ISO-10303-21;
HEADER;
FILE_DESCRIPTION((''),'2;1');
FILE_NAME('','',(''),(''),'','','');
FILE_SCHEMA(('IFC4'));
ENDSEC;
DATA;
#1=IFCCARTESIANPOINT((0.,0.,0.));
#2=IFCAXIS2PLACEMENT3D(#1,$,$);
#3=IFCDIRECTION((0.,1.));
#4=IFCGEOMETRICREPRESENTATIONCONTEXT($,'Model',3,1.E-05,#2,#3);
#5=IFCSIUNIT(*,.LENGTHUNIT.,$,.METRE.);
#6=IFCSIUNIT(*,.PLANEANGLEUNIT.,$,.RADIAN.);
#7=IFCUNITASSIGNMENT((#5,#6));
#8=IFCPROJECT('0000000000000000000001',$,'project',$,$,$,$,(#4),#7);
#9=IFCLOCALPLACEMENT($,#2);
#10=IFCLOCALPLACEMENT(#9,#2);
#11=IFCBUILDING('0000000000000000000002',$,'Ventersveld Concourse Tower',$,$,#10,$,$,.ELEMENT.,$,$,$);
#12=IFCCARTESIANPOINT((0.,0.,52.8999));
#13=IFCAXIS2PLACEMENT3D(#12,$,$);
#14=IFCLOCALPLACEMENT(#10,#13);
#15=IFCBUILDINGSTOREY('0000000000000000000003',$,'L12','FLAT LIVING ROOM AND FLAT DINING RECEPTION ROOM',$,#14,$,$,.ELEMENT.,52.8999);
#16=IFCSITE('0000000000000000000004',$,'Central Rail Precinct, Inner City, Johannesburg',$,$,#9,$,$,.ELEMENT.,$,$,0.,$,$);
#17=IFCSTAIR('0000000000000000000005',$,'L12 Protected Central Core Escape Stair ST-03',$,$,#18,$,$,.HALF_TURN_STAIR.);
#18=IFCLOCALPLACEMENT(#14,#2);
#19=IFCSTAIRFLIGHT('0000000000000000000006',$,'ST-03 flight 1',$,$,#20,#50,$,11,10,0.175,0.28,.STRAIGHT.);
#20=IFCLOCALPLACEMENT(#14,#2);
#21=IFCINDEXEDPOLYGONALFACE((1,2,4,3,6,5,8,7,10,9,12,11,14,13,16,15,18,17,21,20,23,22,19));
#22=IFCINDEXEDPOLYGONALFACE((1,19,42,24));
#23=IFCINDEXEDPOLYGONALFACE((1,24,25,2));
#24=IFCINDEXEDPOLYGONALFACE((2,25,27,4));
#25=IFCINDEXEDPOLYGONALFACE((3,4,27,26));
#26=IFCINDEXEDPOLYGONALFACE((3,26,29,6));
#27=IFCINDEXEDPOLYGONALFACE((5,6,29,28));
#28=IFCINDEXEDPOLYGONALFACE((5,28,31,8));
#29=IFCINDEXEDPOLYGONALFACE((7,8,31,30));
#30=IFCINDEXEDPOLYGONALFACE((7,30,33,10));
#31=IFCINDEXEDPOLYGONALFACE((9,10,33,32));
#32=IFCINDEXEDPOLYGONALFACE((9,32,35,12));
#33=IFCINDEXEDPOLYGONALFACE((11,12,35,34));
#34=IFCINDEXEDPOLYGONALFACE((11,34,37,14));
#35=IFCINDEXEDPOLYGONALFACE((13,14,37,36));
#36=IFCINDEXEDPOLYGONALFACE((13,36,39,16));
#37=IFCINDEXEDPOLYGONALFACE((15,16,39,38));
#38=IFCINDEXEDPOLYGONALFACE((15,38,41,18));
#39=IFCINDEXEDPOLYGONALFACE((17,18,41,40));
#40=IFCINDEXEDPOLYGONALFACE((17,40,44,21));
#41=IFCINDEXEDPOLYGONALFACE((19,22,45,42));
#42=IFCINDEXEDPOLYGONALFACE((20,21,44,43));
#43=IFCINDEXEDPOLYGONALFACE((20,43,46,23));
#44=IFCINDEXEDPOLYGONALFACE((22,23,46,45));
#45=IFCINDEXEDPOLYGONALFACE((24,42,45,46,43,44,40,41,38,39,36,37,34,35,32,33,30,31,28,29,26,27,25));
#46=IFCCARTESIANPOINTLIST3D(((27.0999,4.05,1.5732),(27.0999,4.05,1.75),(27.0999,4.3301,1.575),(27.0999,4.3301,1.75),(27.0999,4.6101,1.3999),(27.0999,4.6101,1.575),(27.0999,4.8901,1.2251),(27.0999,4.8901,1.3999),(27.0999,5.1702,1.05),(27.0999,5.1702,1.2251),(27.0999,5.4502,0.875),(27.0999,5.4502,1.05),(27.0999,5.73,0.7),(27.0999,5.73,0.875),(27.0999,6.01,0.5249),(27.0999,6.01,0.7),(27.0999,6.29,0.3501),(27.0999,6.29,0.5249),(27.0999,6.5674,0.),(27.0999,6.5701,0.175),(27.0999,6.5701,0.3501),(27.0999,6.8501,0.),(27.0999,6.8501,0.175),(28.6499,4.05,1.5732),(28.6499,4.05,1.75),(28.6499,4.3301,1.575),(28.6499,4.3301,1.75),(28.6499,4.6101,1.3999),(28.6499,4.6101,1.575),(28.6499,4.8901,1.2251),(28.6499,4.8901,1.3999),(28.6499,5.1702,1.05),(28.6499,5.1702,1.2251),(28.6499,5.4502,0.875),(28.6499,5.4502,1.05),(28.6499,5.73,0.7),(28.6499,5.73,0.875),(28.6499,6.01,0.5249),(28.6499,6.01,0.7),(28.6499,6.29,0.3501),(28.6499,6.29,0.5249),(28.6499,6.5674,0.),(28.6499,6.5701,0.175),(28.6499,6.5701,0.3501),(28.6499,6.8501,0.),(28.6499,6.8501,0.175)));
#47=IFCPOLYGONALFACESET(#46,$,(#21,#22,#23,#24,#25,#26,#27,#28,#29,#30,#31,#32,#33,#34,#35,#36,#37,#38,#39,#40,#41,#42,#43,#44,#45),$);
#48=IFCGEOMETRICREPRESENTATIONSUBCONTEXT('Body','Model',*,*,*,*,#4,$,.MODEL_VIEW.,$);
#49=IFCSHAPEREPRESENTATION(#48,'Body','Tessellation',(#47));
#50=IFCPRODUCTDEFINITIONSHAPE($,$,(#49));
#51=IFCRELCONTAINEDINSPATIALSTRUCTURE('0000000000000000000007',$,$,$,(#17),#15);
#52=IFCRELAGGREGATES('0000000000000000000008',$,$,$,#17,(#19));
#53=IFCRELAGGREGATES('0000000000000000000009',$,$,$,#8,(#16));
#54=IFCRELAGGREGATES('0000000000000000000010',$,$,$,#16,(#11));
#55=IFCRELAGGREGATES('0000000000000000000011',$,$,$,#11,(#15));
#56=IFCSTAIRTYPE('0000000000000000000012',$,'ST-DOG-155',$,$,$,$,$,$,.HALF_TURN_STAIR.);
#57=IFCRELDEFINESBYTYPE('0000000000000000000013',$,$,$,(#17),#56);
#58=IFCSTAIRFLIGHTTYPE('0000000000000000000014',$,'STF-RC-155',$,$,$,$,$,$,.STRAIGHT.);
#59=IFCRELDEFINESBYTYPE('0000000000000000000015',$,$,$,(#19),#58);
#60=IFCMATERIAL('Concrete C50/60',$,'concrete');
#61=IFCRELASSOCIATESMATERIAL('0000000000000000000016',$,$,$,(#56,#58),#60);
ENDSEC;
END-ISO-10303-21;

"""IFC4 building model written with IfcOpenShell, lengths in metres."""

from ifc_helpers import new_model, si_unit, direction, frame, origin, place, context, subcontext, project, spatial, polyline, outline, extrude, material, type_object, element, aggregate, save


model = new_model("IFC4")

# Units and contexts
model_context = context("Model", 3, precision=1e-05, world=origin(), true_north=direction((0.0, 1.0)))
body_context = subcontext(model_context, "Body", "Model", "MODEL_VIEW")
ifc_project = project(units=[si_unit("LENGTHUNIT", "METRE"), si_unit("PLANEANGLEUNIT", "RADIAN")], contexts=[model_context])

# Site, building, storey
site_placement = place(None, origin())
site = spatial("IfcSite", under=ifc_project, at=site_placement, Name="Central Rail Precinct, Inner City, Johannesburg", CompositionType="ELEMENT", RefElevation=0.0)
building_placement = place(site_placement, origin())
building = spatial("IfcBuilding", under=site, at=building_placement, Name="Ventersveld Concourse Tower", CompositionType="ELEMENT")
storey_placement = place(building_placement, frame((0.0, 0.0, 52.8999)))
storey = spatial("IfcBuildingStorey", under=building, at=storey_placement, Name="L12", Description="FLAT LIVING ROOM AND FLAT DINING RECEPTION ROOM", CompositionType="ELEMENT", Elevation=52.8999)

# Shared definitions
ifc_material_1 = material(Name="Concrete C50/60", Category="concrete")

# Stair, stair flight
stair_type = type_object("IfcStairType", Name="ST-DOG-155", PredefinedType="HALF_TURN_STAIR", material=ifc_material_1)
stair_placement = place(storey_placement, origin())
stair = element("IfcStair", 1, at=stair_placement, inside=storey, type_object=stair_type, Name="L12 Protected Central Core Escape Stair ST-03", PredefinedType="HALF_TURN_STAIR")
stair_flight_type = type_object("IfcStairFlightType", Name="STF-RC-155", PredefinedType="STRAIGHT", material=ifc_material_1)
stair_flight_placement = place(storey_placement, frame((27.875, 6.8501, 0.0), z_axis=(0.0, 0.0, 1.0), x_axis=(0.0, -1.0, 0.0)))
stair_flight = element("IfcStairFlight", 2, at=stair_flight_placement, type_object=stair_flight_type, Name="ST-03 flight 1", NumberOfRisers=11, NumberOfTreads=10, PredefinedType="STRAIGHT", RiserHeight=0.175, TreadLength=0.28, context=body_context, shape_type="SweptSolid", body=[
    extrude(outline(polyline([(0.0, 0.0), (0.0, 0.175), (0.28, 0.175), (0.28, 0.3501), (0.5601, 0.3501), (0.5601, 0.5249), (0.8401, 0.5249), (0.8401, 0.7), (1.1201, 0.7), (1.1201, 0.875), (1.3999, 0.875), (1.3999, 1.05), (1.6799, 1.05), (1.6799, 1.2251), (1.96, 1.2251), (1.96, 1.3999), (2.24, 1.3999), (2.24, 1.575), (2.52, 1.575), (2.52, 1.75), (2.8, 1.75), (2.8, 1.925), (2.8, 1.5732), (0.2827, 0.0), (0.0, 0.0)])), frame((0.0, 0.7749, 0.0), z_axis=(0.0, -1.0, 0.0), x_axis=(1.0, 0.0, 0.0)), (0.0, 0.0, 1.0), 1.55),
])
aggregate(stair, [stair_flight])

save(model, "model.ifc")
